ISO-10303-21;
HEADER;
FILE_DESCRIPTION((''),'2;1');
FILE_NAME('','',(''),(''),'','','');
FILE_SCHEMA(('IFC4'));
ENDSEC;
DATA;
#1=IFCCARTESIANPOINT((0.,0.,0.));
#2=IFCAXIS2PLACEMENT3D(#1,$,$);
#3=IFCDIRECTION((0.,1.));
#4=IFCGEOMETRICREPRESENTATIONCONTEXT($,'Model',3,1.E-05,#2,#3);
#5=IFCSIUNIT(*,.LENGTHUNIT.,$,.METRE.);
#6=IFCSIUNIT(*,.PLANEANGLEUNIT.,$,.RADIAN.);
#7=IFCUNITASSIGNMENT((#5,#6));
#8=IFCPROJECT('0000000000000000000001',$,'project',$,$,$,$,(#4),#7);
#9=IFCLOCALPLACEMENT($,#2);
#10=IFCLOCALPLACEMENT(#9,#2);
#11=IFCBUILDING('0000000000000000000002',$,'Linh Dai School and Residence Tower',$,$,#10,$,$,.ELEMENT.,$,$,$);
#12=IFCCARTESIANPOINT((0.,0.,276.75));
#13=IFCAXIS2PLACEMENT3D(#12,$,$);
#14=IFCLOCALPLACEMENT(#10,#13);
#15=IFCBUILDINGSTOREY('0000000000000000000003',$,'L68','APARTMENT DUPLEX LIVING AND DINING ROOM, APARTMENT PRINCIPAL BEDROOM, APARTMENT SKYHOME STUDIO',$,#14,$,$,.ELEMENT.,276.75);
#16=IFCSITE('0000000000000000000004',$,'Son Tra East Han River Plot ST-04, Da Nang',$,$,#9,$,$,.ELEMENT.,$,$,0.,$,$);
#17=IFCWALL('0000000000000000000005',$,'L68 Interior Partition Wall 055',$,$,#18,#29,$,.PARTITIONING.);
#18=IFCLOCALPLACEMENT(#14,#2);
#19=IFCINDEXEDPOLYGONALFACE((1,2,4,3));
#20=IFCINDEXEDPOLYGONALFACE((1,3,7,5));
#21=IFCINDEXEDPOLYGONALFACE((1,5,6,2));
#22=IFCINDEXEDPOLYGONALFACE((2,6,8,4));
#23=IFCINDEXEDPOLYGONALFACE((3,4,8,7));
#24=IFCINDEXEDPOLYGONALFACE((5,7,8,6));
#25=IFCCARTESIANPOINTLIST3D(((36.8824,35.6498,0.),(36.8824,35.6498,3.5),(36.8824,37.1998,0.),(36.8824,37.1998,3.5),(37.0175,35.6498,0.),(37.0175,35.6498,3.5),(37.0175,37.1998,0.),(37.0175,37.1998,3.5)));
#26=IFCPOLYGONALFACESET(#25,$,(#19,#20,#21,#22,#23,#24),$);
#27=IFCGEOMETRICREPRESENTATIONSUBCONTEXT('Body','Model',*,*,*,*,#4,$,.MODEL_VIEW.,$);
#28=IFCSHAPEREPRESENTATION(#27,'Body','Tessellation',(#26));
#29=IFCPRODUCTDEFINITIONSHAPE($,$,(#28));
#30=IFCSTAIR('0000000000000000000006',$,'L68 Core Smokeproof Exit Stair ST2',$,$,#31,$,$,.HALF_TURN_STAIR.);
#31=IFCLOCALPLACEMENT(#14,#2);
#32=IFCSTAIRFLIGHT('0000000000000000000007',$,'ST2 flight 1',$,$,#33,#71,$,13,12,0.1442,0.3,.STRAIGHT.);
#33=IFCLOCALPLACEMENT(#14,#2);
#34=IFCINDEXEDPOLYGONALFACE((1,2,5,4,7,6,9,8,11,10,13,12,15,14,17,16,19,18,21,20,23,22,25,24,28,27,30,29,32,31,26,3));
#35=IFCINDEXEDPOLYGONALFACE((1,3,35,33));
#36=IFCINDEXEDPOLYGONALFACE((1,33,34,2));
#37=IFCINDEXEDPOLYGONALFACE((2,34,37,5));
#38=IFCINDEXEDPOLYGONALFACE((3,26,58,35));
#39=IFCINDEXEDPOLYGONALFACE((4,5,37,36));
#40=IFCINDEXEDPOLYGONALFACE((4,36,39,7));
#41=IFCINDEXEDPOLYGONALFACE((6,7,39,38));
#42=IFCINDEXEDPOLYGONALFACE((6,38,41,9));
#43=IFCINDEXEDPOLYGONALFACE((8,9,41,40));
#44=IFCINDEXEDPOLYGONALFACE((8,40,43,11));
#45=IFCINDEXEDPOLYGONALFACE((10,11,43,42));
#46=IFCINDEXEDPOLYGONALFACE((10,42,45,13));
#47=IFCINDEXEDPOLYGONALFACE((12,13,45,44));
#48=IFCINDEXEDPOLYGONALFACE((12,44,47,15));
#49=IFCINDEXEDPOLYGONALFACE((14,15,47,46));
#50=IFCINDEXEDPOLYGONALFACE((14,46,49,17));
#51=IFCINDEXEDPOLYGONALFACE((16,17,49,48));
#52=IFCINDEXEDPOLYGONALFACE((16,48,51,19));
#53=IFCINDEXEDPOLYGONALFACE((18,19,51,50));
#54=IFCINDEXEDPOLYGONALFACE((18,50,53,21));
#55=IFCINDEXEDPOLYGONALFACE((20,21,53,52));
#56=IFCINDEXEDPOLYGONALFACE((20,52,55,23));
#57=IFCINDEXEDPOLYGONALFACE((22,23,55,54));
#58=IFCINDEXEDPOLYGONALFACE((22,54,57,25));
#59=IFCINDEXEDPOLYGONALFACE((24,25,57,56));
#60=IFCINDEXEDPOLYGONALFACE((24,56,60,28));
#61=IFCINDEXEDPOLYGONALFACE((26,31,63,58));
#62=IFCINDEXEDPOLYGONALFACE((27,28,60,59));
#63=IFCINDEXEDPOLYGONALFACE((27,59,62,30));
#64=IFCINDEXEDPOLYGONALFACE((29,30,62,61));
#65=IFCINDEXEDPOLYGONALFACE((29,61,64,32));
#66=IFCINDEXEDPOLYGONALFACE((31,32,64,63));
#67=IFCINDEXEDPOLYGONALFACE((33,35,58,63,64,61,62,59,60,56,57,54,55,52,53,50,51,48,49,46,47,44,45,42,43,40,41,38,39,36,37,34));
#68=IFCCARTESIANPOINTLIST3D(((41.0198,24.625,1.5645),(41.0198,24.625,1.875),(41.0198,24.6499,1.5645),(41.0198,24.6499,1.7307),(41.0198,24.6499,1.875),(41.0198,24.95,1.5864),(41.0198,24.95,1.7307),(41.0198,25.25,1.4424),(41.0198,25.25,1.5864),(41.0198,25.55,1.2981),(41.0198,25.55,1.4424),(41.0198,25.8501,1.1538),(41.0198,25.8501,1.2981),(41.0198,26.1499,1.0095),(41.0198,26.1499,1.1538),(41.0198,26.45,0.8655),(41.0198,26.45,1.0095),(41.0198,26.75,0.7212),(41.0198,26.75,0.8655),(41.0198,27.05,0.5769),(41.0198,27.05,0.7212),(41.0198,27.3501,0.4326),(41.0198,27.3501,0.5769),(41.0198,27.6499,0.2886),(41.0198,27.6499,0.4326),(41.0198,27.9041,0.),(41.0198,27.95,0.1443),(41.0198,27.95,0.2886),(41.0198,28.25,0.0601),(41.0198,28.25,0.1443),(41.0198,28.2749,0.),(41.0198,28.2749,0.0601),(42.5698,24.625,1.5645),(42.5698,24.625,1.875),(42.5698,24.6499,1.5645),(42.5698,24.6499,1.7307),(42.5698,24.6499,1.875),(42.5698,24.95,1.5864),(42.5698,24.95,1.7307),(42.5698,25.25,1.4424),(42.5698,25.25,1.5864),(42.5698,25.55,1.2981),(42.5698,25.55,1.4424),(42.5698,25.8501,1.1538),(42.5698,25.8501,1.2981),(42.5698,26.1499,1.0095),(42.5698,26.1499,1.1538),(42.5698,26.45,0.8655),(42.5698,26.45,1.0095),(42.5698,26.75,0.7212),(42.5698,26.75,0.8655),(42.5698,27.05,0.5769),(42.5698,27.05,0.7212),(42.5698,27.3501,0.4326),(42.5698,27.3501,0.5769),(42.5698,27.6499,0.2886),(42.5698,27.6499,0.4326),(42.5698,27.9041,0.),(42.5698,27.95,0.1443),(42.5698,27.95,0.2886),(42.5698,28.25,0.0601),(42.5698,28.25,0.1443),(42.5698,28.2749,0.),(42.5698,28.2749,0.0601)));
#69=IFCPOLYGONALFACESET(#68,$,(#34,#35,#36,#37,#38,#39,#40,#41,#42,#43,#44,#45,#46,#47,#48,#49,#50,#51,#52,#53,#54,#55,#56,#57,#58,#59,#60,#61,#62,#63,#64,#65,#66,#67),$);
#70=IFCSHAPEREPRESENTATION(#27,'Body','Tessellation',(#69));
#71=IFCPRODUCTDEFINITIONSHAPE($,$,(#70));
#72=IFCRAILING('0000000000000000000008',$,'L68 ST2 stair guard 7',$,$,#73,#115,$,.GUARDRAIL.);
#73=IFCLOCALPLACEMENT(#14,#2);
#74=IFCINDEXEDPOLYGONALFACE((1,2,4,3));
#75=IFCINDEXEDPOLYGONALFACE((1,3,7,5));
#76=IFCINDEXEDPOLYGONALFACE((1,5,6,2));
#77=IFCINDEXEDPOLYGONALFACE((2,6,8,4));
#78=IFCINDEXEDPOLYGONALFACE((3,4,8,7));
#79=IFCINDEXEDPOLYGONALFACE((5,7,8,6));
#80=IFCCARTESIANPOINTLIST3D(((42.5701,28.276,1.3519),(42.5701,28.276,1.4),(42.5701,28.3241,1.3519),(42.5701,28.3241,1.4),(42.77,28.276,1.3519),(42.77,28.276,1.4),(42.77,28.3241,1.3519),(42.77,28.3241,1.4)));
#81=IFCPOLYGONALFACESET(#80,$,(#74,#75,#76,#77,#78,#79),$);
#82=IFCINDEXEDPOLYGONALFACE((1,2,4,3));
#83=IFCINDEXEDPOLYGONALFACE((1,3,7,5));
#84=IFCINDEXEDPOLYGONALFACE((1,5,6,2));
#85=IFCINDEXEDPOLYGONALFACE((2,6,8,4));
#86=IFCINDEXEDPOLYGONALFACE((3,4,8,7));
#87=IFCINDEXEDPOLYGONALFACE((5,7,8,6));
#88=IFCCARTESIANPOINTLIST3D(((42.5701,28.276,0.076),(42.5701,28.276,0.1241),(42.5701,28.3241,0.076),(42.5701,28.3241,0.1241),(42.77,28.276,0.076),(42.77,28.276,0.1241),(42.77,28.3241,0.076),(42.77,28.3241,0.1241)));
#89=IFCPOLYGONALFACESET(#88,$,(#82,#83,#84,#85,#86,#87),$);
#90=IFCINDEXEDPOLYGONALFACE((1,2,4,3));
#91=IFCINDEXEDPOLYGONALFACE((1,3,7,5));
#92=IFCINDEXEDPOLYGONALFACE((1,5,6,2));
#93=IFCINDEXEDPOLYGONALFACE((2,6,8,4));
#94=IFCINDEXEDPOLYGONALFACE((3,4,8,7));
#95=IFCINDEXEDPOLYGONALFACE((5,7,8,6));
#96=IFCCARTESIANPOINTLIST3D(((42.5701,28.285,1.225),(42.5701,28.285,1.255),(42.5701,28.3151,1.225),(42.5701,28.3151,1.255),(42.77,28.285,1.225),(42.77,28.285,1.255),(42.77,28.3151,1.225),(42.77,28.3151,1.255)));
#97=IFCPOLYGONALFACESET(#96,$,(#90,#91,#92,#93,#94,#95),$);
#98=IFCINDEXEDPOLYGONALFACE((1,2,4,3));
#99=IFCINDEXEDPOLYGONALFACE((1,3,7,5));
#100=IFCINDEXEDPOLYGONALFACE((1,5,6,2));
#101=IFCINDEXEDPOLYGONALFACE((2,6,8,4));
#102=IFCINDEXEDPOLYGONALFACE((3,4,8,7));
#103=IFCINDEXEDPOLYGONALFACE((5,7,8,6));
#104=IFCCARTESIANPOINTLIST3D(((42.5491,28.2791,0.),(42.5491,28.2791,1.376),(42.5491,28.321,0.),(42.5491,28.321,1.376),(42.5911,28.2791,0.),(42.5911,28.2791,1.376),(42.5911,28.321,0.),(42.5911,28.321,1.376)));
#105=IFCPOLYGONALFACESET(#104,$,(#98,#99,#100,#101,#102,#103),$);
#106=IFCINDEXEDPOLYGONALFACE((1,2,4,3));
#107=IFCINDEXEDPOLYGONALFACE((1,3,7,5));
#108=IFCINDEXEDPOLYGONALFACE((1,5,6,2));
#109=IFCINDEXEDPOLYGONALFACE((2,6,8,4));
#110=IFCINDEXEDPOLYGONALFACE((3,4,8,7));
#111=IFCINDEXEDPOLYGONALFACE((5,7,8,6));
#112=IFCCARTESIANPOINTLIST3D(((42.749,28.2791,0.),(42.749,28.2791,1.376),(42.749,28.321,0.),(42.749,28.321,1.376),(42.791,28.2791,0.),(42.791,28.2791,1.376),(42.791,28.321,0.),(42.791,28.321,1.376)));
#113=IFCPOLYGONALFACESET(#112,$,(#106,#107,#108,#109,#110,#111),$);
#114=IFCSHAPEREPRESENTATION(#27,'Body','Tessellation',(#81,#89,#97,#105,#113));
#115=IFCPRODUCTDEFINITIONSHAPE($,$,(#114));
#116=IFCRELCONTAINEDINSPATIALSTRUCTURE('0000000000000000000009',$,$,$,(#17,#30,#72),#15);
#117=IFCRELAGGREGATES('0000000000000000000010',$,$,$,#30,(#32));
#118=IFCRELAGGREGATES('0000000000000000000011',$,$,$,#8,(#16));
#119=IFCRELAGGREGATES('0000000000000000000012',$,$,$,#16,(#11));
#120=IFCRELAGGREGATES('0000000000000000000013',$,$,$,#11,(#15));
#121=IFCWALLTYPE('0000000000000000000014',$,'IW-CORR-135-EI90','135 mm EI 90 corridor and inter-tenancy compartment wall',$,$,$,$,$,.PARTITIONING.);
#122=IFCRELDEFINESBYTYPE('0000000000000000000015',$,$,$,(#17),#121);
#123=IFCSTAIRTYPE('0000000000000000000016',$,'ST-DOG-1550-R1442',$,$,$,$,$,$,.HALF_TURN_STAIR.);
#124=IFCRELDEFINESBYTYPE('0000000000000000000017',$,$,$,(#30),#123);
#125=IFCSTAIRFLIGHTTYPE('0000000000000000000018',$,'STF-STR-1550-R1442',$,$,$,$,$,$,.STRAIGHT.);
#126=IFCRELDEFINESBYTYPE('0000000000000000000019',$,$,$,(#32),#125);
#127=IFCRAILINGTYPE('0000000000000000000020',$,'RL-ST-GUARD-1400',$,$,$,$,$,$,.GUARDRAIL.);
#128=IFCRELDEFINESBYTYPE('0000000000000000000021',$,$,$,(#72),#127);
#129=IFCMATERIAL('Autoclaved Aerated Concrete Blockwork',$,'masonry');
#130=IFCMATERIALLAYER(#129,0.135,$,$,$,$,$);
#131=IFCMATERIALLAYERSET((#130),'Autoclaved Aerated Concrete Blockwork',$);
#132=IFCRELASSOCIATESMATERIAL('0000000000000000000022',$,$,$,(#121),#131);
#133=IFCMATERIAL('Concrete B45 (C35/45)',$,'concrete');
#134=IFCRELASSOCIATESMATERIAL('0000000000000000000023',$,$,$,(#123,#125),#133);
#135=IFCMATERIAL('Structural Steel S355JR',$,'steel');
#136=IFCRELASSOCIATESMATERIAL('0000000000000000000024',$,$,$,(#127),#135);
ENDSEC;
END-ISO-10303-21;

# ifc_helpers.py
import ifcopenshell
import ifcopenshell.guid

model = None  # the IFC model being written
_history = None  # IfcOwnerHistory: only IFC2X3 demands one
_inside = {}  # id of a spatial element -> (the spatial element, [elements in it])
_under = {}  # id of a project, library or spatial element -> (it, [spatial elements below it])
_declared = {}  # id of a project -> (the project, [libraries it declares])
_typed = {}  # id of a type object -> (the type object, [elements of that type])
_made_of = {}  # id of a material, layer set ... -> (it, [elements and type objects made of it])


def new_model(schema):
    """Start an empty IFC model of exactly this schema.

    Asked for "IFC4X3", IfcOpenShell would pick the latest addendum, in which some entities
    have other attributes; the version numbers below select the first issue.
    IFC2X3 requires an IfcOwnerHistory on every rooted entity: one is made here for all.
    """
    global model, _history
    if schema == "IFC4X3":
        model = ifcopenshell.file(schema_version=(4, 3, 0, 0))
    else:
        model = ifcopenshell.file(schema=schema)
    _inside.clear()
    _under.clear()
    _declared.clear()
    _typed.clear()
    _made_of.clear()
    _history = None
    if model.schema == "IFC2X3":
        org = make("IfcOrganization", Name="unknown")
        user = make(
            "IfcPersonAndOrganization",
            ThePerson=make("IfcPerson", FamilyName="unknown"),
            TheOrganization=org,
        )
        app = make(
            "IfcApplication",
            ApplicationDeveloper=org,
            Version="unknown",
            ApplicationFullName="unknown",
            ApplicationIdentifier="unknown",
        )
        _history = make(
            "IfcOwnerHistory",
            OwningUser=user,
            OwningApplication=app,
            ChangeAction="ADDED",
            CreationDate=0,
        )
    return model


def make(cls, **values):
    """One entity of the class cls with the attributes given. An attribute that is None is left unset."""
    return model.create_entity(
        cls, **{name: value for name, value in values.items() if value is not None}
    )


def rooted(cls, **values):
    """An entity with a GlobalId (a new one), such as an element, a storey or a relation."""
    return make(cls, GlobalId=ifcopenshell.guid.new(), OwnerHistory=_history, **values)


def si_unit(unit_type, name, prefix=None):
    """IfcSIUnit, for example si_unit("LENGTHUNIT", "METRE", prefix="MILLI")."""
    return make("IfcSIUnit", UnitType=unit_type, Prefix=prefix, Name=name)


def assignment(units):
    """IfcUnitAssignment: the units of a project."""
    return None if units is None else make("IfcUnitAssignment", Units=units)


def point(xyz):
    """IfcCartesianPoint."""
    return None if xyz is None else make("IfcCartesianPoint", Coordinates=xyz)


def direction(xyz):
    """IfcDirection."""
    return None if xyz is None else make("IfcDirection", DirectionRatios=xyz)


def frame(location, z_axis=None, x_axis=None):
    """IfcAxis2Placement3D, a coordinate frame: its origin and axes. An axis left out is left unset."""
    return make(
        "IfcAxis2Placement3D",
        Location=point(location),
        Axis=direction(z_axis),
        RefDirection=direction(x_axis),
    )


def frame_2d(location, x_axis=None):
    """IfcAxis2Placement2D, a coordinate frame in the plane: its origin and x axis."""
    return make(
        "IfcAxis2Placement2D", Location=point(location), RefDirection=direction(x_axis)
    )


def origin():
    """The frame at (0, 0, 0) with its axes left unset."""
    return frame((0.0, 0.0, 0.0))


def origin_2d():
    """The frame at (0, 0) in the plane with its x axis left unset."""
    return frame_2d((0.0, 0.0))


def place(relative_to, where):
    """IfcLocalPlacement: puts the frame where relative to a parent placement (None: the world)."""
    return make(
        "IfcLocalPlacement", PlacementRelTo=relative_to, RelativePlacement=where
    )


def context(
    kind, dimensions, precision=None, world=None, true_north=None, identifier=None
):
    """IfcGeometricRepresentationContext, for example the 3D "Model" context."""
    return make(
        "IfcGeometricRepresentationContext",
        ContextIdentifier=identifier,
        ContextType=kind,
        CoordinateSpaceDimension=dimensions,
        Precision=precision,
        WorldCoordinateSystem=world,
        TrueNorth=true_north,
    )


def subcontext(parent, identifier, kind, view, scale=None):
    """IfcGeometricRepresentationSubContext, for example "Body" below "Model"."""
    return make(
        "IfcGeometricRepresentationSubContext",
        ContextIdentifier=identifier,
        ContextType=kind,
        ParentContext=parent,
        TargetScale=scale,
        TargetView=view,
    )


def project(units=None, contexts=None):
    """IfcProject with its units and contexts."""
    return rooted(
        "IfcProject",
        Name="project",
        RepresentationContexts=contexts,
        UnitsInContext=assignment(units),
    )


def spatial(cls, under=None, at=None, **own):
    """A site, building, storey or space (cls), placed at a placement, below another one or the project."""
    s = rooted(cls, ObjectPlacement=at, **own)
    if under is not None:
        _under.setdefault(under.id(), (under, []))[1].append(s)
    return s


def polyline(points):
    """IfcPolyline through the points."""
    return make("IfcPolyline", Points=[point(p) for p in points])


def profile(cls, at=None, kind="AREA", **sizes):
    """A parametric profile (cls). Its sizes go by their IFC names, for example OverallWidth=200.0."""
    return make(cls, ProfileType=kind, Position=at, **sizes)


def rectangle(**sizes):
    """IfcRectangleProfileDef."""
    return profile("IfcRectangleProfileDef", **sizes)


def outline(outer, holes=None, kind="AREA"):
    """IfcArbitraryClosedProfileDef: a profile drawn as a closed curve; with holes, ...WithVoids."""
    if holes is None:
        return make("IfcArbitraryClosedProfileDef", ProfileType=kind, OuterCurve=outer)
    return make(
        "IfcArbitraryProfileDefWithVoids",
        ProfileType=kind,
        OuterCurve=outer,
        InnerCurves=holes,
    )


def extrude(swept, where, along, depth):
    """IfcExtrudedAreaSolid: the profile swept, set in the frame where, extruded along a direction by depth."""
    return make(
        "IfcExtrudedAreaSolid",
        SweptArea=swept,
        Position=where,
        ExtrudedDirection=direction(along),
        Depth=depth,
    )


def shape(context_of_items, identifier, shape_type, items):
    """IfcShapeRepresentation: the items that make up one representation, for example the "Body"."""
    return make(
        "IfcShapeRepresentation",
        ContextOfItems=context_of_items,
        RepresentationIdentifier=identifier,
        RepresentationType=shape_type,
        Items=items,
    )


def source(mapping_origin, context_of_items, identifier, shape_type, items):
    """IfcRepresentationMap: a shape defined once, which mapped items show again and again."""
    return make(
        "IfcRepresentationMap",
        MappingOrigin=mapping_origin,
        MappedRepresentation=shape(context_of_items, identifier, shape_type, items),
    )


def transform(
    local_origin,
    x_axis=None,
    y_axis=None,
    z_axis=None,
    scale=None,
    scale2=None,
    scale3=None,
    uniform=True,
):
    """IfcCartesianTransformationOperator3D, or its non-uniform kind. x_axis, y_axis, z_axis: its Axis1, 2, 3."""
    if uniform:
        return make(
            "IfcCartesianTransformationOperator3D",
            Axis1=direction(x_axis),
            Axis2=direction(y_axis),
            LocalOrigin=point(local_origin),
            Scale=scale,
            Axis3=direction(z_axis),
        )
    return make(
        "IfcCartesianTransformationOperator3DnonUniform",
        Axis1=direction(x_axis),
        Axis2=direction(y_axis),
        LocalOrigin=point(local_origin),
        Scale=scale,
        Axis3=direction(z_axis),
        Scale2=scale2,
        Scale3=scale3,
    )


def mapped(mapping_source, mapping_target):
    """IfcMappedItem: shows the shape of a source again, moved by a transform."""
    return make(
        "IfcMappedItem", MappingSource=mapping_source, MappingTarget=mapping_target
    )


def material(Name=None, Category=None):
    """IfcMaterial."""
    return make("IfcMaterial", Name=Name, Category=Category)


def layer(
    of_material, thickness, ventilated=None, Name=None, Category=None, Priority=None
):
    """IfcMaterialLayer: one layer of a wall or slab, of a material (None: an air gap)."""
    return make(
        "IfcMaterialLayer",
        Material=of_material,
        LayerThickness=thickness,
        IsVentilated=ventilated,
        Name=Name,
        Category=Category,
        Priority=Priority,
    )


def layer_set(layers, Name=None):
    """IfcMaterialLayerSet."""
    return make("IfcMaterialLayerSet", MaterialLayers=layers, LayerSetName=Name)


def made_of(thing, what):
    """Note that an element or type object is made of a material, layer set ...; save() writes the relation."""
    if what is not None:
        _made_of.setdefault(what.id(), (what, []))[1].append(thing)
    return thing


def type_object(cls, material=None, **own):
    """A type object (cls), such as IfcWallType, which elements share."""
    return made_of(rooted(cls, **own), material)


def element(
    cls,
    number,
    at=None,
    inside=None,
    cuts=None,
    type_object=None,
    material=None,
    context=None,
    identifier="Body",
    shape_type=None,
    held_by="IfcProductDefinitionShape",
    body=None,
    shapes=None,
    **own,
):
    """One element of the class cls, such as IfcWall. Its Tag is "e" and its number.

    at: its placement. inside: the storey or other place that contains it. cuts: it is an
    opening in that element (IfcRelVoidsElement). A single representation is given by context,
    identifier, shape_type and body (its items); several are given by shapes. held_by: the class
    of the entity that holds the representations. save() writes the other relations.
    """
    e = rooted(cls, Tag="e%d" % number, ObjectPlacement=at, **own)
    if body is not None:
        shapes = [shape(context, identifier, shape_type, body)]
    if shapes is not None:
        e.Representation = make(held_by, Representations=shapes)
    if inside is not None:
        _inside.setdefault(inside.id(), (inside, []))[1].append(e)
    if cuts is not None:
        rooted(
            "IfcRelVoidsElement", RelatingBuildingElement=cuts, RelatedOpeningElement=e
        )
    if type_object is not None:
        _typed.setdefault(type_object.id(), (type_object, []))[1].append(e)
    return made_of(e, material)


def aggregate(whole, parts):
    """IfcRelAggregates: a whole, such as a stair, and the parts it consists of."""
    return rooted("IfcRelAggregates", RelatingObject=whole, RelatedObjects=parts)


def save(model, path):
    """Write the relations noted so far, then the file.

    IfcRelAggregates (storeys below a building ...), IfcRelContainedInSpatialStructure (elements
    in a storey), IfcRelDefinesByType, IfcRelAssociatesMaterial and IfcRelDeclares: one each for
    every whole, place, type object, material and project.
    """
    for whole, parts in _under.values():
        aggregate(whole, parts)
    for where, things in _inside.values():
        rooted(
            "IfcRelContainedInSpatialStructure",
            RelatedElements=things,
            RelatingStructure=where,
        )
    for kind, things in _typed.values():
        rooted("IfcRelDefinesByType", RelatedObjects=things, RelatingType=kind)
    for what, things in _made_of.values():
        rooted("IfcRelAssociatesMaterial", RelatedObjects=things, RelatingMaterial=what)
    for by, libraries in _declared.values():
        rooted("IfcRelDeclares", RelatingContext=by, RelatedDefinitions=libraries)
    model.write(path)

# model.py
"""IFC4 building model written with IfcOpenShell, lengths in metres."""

from ifc_helpers import new_model, si_unit, direction, frame, frame_2d, origin, origin_2d, place, context, subcontext, project, spatial, polyline, rectangle, outline, extrude, source, transform, mapped, material, layer, layer_set, type_object, element, aggregate, save


model = new_model("IFC4")

# Units and contexts
model_context = context("Model", 3, precision=1e-05, world=origin(), true_north=direction((0.0, 1.0)))
body_context = subcontext(model_context, "Body", "Model", "MODEL_VIEW")
ifc_project = project(units=[si_unit("LENGTHUNIT", "METRE"), si_unit("PLANEANGLEUNIT", "RADIAN")], contexts=[model_context])

# Site, building, storey
site_placement = place(None, origin())
site = spatial("IfcSite", under=ifc_project, at=site_placement, Name="Son Tra East Han River Plot ST-04, Da Nang", CompositionType="ELEMENT", RefElevation=0.0)
building_placement = place(site_placement, origin())
building = spatial("IfcBuilding", under=site, at=building_placement, Name="Linh Dai School and Residence Tower", CompositionType="ELEMENT")
storey_placement = place(building_placement, frame((0.0, 0.0, 276.75)))
storey = spatial("IfcBuildingStorey", under=building, at=storey_placement, Name="L68", Description="APARTMENT DUPLEX LIVING AND DINING ROOM, APARTMENT PRINCIPAL BEDROOM, APARTMENT SKYHOME STUDIO", CompositionType="ELEMENT", Elevation=276.75)

# Shared definitions
ifc_material_1 = material(Name="Structural Steel S355JR", Category="steel")

# Wall
ifc_material_2 = material(Name="Autoclaved Aerated Concrete Blockwork", Category="masonry")
ifc_layer_1 = layer(ifc_material_2, 0.135)
ifc_layer_set_1 = layer_set([ifc_layer_1], Name="Autoclaved Aerated Concrete Blockwork")
wall_type_1 = type_object("IfcWallType", Name="IW-CORR-135-EI90", Description="135 mm EI 90 corridor and inter-tenancy compartment wall", PredefinedType="PARTITIONING", material=ifc_layer_set_1)
wall_1_placement = place(storey_placement, frame((36.95, 35.6499, 0.0), z_axis=(0.0, 0.0, 1.0), x_axis=(0.0, 1.0, 0.0)))
element("IfcWall", 1, at=wall_1_placement, inside=storey, type_object=wall_type_1, Name="L68 Interior Partition Wall 055", PredefinedType="PARTITIONING", context=body_context, shape_type="SweptSolid", body=[
    extrude(rectangle(XDim=1.55, YDim=0.135, at=frame_2d((0.7749, 0.0))), origin(), (0.0, 0.0, 1.0), 3.5),
])

# Shared definitions
ifc_material_3 = material(Name="Concrete B45 (C35/45)", Category="concrete")

# Stair, stair flight
stair_type = type_object("IfcStairType", Name="ST-DOG-1550-R1442", PredefinedType="HALF_TURN_STAIR", material=ifc_material_3)
stair_placement = place(storey_placement, origin())
stair = element("IfcStair", 2, at=stair_placement, inside=storey, type_object=stair_type, Name="L68 Core Smokeproof Exit Stair ST2", PredefinedType="HALF_TURN_STAIR")
stair_flight_type = type_object("IfcStairFlightType", Name="STF-STR-1550-R1442", PredefinedType="STRAIGHT", material=ifc_material_3)
shared_shape_1 = source(origin(), body_context, "Body", "SweptSolid", [
    extrude(outline(polyline([(-0.0249, 0.0), (-0.0249, 0.0601), (0.0, 0.0601), (0.0, 0.1443), (0.3, 0.1443), (0.3, 0.2886), (0.6001, 0.2886), (0.6001, 0.4326), (0.8999, 0.4326), (0.8999, 0.5769), (1.2, 0.5769), (1.2, 0.7212), (1.5, 0.7212), (1.5, 0.8655), (1.8, 0.8655), (1.8, 1.0095), (2.1001, 1.0095), (2.1001, 1.1538), (2.3999, 1.1538), (2.3999, 1.2981), (2.7, 1.2981), (2.7, 1.4424), (3.0, 1.4424), (3.0, 1.5864), (3.3, 1.5864), (3.3, 1.7307), (3.6001, 1.7307), (3.6001, 1.875), (3.625, 1.875), (3.625, 1.5645), (3.6001, 1.5645), (0.3459, 0.0), (-0.0249, 0.0)])), frame((0.0, 0.7749, 0.0), z_axis=(0.0, -1.0, 0.0), x_axis=(1.0, 0.0, 0.0)), (0.0, 0.0, 1.0), 1.55),
])
stair_flight_placement = place(storey_placement, frame((41.7949, 28.25, 0.0), z_axis=(0.0, 0.0, 1.0), x_axis=(0.0, -1.0, 0.0)))
stair_flight = element("IfcStairFlight", 3, at=stair_flight_placement, type_object=stair_flight_type, Name="ST2 flight 1", NumberOfRisers=13, NumberOfTreads=12, PredefinedType="STRAIGHT", RiserHeight=0.1442, TreadLength=0.3, context=body_context, shape_type="MappedRepresentation", body=[
    mapped(shared_shape_1, transform((0.0, 0.0, 0.0), x_axis=(1.0, 0.0, 0.0), y_axis=(0.0, 1.0, 0.0), z_axis=(0.0, 0.0, 1.0), scale=1.0)),
])
aggregate(stair, [stair_flight])

# Railing
railing_type = type_object("IfcRailingType", Name="RL-ST-GUARD-1400", PredefinedType="GUARDRAIL", material=ifc_material_1)
shared_shape_2 = source(origin(), body_context, "Body", "SweptSolid", [
    extrude(rectangle(XDim=0.0481, YDim=0.0481, at=origin_2d()), frame((0.0, 0.0, 1.376), z_axis=(1.0, 0.0, 0.0), x_axis=(0.0, 1.0, 0.0)), (0.0, 0.0, 1.0), 0.2),
    extrude(rectangle(XDim=0.0481, YDim=0.0481, at=origin_2d()), frame((0.0, 0.0, 0.1001), z_axis=(1.0, 0.0, 0.0), x_axis=(0.0, 1.0, 0.0)), (0.0, 0.0, 1.0), 0.2),
    extrude(rectangle(XDim=0.03, YDim=0.03, at=origin_2d()), frame((0.0, 0.0, 1.24), z_axis=(1.0, 0.0, 0.0), x_axis=(0.0, 1.0, 0.0)), (0.0, 0.0, 1.0), 0.2),
    extrude(rectangle(XDim=0.042, YDim=0.042, at=origin_2d()), origin(), (0.0, 0.0, 1.0), 1.376),
    extrude(rectangle(XDim=0.042, YDim=0.042, at=origin_2d()), frame((0.2, 0.0, 0.0)), (0.0, 0.0, 1.0), 1.376),
])
railing_1_placement = place(storey_placement, frame((42.5701, 28.3, 0.0)))
element("IfcRailing", 4, at=railing_1_placement, inside=storey, type_object=railing_type, Name="L68 ST2 stair guard 7", PredefinedType="GUARDRAIL", context=body_context, shape_type="MappedRepresentation", body=[
    mapped(shared_shape_2, transform((0.0, 0.0, 0.0), x_axis=(1.0, 0.0, 0.0), y_axis=(0.0, 1.0, 0.0), z_axis=(0.0, 0.0, 1.0), scale=1.0)),
])

save(model, "model.ifc")
